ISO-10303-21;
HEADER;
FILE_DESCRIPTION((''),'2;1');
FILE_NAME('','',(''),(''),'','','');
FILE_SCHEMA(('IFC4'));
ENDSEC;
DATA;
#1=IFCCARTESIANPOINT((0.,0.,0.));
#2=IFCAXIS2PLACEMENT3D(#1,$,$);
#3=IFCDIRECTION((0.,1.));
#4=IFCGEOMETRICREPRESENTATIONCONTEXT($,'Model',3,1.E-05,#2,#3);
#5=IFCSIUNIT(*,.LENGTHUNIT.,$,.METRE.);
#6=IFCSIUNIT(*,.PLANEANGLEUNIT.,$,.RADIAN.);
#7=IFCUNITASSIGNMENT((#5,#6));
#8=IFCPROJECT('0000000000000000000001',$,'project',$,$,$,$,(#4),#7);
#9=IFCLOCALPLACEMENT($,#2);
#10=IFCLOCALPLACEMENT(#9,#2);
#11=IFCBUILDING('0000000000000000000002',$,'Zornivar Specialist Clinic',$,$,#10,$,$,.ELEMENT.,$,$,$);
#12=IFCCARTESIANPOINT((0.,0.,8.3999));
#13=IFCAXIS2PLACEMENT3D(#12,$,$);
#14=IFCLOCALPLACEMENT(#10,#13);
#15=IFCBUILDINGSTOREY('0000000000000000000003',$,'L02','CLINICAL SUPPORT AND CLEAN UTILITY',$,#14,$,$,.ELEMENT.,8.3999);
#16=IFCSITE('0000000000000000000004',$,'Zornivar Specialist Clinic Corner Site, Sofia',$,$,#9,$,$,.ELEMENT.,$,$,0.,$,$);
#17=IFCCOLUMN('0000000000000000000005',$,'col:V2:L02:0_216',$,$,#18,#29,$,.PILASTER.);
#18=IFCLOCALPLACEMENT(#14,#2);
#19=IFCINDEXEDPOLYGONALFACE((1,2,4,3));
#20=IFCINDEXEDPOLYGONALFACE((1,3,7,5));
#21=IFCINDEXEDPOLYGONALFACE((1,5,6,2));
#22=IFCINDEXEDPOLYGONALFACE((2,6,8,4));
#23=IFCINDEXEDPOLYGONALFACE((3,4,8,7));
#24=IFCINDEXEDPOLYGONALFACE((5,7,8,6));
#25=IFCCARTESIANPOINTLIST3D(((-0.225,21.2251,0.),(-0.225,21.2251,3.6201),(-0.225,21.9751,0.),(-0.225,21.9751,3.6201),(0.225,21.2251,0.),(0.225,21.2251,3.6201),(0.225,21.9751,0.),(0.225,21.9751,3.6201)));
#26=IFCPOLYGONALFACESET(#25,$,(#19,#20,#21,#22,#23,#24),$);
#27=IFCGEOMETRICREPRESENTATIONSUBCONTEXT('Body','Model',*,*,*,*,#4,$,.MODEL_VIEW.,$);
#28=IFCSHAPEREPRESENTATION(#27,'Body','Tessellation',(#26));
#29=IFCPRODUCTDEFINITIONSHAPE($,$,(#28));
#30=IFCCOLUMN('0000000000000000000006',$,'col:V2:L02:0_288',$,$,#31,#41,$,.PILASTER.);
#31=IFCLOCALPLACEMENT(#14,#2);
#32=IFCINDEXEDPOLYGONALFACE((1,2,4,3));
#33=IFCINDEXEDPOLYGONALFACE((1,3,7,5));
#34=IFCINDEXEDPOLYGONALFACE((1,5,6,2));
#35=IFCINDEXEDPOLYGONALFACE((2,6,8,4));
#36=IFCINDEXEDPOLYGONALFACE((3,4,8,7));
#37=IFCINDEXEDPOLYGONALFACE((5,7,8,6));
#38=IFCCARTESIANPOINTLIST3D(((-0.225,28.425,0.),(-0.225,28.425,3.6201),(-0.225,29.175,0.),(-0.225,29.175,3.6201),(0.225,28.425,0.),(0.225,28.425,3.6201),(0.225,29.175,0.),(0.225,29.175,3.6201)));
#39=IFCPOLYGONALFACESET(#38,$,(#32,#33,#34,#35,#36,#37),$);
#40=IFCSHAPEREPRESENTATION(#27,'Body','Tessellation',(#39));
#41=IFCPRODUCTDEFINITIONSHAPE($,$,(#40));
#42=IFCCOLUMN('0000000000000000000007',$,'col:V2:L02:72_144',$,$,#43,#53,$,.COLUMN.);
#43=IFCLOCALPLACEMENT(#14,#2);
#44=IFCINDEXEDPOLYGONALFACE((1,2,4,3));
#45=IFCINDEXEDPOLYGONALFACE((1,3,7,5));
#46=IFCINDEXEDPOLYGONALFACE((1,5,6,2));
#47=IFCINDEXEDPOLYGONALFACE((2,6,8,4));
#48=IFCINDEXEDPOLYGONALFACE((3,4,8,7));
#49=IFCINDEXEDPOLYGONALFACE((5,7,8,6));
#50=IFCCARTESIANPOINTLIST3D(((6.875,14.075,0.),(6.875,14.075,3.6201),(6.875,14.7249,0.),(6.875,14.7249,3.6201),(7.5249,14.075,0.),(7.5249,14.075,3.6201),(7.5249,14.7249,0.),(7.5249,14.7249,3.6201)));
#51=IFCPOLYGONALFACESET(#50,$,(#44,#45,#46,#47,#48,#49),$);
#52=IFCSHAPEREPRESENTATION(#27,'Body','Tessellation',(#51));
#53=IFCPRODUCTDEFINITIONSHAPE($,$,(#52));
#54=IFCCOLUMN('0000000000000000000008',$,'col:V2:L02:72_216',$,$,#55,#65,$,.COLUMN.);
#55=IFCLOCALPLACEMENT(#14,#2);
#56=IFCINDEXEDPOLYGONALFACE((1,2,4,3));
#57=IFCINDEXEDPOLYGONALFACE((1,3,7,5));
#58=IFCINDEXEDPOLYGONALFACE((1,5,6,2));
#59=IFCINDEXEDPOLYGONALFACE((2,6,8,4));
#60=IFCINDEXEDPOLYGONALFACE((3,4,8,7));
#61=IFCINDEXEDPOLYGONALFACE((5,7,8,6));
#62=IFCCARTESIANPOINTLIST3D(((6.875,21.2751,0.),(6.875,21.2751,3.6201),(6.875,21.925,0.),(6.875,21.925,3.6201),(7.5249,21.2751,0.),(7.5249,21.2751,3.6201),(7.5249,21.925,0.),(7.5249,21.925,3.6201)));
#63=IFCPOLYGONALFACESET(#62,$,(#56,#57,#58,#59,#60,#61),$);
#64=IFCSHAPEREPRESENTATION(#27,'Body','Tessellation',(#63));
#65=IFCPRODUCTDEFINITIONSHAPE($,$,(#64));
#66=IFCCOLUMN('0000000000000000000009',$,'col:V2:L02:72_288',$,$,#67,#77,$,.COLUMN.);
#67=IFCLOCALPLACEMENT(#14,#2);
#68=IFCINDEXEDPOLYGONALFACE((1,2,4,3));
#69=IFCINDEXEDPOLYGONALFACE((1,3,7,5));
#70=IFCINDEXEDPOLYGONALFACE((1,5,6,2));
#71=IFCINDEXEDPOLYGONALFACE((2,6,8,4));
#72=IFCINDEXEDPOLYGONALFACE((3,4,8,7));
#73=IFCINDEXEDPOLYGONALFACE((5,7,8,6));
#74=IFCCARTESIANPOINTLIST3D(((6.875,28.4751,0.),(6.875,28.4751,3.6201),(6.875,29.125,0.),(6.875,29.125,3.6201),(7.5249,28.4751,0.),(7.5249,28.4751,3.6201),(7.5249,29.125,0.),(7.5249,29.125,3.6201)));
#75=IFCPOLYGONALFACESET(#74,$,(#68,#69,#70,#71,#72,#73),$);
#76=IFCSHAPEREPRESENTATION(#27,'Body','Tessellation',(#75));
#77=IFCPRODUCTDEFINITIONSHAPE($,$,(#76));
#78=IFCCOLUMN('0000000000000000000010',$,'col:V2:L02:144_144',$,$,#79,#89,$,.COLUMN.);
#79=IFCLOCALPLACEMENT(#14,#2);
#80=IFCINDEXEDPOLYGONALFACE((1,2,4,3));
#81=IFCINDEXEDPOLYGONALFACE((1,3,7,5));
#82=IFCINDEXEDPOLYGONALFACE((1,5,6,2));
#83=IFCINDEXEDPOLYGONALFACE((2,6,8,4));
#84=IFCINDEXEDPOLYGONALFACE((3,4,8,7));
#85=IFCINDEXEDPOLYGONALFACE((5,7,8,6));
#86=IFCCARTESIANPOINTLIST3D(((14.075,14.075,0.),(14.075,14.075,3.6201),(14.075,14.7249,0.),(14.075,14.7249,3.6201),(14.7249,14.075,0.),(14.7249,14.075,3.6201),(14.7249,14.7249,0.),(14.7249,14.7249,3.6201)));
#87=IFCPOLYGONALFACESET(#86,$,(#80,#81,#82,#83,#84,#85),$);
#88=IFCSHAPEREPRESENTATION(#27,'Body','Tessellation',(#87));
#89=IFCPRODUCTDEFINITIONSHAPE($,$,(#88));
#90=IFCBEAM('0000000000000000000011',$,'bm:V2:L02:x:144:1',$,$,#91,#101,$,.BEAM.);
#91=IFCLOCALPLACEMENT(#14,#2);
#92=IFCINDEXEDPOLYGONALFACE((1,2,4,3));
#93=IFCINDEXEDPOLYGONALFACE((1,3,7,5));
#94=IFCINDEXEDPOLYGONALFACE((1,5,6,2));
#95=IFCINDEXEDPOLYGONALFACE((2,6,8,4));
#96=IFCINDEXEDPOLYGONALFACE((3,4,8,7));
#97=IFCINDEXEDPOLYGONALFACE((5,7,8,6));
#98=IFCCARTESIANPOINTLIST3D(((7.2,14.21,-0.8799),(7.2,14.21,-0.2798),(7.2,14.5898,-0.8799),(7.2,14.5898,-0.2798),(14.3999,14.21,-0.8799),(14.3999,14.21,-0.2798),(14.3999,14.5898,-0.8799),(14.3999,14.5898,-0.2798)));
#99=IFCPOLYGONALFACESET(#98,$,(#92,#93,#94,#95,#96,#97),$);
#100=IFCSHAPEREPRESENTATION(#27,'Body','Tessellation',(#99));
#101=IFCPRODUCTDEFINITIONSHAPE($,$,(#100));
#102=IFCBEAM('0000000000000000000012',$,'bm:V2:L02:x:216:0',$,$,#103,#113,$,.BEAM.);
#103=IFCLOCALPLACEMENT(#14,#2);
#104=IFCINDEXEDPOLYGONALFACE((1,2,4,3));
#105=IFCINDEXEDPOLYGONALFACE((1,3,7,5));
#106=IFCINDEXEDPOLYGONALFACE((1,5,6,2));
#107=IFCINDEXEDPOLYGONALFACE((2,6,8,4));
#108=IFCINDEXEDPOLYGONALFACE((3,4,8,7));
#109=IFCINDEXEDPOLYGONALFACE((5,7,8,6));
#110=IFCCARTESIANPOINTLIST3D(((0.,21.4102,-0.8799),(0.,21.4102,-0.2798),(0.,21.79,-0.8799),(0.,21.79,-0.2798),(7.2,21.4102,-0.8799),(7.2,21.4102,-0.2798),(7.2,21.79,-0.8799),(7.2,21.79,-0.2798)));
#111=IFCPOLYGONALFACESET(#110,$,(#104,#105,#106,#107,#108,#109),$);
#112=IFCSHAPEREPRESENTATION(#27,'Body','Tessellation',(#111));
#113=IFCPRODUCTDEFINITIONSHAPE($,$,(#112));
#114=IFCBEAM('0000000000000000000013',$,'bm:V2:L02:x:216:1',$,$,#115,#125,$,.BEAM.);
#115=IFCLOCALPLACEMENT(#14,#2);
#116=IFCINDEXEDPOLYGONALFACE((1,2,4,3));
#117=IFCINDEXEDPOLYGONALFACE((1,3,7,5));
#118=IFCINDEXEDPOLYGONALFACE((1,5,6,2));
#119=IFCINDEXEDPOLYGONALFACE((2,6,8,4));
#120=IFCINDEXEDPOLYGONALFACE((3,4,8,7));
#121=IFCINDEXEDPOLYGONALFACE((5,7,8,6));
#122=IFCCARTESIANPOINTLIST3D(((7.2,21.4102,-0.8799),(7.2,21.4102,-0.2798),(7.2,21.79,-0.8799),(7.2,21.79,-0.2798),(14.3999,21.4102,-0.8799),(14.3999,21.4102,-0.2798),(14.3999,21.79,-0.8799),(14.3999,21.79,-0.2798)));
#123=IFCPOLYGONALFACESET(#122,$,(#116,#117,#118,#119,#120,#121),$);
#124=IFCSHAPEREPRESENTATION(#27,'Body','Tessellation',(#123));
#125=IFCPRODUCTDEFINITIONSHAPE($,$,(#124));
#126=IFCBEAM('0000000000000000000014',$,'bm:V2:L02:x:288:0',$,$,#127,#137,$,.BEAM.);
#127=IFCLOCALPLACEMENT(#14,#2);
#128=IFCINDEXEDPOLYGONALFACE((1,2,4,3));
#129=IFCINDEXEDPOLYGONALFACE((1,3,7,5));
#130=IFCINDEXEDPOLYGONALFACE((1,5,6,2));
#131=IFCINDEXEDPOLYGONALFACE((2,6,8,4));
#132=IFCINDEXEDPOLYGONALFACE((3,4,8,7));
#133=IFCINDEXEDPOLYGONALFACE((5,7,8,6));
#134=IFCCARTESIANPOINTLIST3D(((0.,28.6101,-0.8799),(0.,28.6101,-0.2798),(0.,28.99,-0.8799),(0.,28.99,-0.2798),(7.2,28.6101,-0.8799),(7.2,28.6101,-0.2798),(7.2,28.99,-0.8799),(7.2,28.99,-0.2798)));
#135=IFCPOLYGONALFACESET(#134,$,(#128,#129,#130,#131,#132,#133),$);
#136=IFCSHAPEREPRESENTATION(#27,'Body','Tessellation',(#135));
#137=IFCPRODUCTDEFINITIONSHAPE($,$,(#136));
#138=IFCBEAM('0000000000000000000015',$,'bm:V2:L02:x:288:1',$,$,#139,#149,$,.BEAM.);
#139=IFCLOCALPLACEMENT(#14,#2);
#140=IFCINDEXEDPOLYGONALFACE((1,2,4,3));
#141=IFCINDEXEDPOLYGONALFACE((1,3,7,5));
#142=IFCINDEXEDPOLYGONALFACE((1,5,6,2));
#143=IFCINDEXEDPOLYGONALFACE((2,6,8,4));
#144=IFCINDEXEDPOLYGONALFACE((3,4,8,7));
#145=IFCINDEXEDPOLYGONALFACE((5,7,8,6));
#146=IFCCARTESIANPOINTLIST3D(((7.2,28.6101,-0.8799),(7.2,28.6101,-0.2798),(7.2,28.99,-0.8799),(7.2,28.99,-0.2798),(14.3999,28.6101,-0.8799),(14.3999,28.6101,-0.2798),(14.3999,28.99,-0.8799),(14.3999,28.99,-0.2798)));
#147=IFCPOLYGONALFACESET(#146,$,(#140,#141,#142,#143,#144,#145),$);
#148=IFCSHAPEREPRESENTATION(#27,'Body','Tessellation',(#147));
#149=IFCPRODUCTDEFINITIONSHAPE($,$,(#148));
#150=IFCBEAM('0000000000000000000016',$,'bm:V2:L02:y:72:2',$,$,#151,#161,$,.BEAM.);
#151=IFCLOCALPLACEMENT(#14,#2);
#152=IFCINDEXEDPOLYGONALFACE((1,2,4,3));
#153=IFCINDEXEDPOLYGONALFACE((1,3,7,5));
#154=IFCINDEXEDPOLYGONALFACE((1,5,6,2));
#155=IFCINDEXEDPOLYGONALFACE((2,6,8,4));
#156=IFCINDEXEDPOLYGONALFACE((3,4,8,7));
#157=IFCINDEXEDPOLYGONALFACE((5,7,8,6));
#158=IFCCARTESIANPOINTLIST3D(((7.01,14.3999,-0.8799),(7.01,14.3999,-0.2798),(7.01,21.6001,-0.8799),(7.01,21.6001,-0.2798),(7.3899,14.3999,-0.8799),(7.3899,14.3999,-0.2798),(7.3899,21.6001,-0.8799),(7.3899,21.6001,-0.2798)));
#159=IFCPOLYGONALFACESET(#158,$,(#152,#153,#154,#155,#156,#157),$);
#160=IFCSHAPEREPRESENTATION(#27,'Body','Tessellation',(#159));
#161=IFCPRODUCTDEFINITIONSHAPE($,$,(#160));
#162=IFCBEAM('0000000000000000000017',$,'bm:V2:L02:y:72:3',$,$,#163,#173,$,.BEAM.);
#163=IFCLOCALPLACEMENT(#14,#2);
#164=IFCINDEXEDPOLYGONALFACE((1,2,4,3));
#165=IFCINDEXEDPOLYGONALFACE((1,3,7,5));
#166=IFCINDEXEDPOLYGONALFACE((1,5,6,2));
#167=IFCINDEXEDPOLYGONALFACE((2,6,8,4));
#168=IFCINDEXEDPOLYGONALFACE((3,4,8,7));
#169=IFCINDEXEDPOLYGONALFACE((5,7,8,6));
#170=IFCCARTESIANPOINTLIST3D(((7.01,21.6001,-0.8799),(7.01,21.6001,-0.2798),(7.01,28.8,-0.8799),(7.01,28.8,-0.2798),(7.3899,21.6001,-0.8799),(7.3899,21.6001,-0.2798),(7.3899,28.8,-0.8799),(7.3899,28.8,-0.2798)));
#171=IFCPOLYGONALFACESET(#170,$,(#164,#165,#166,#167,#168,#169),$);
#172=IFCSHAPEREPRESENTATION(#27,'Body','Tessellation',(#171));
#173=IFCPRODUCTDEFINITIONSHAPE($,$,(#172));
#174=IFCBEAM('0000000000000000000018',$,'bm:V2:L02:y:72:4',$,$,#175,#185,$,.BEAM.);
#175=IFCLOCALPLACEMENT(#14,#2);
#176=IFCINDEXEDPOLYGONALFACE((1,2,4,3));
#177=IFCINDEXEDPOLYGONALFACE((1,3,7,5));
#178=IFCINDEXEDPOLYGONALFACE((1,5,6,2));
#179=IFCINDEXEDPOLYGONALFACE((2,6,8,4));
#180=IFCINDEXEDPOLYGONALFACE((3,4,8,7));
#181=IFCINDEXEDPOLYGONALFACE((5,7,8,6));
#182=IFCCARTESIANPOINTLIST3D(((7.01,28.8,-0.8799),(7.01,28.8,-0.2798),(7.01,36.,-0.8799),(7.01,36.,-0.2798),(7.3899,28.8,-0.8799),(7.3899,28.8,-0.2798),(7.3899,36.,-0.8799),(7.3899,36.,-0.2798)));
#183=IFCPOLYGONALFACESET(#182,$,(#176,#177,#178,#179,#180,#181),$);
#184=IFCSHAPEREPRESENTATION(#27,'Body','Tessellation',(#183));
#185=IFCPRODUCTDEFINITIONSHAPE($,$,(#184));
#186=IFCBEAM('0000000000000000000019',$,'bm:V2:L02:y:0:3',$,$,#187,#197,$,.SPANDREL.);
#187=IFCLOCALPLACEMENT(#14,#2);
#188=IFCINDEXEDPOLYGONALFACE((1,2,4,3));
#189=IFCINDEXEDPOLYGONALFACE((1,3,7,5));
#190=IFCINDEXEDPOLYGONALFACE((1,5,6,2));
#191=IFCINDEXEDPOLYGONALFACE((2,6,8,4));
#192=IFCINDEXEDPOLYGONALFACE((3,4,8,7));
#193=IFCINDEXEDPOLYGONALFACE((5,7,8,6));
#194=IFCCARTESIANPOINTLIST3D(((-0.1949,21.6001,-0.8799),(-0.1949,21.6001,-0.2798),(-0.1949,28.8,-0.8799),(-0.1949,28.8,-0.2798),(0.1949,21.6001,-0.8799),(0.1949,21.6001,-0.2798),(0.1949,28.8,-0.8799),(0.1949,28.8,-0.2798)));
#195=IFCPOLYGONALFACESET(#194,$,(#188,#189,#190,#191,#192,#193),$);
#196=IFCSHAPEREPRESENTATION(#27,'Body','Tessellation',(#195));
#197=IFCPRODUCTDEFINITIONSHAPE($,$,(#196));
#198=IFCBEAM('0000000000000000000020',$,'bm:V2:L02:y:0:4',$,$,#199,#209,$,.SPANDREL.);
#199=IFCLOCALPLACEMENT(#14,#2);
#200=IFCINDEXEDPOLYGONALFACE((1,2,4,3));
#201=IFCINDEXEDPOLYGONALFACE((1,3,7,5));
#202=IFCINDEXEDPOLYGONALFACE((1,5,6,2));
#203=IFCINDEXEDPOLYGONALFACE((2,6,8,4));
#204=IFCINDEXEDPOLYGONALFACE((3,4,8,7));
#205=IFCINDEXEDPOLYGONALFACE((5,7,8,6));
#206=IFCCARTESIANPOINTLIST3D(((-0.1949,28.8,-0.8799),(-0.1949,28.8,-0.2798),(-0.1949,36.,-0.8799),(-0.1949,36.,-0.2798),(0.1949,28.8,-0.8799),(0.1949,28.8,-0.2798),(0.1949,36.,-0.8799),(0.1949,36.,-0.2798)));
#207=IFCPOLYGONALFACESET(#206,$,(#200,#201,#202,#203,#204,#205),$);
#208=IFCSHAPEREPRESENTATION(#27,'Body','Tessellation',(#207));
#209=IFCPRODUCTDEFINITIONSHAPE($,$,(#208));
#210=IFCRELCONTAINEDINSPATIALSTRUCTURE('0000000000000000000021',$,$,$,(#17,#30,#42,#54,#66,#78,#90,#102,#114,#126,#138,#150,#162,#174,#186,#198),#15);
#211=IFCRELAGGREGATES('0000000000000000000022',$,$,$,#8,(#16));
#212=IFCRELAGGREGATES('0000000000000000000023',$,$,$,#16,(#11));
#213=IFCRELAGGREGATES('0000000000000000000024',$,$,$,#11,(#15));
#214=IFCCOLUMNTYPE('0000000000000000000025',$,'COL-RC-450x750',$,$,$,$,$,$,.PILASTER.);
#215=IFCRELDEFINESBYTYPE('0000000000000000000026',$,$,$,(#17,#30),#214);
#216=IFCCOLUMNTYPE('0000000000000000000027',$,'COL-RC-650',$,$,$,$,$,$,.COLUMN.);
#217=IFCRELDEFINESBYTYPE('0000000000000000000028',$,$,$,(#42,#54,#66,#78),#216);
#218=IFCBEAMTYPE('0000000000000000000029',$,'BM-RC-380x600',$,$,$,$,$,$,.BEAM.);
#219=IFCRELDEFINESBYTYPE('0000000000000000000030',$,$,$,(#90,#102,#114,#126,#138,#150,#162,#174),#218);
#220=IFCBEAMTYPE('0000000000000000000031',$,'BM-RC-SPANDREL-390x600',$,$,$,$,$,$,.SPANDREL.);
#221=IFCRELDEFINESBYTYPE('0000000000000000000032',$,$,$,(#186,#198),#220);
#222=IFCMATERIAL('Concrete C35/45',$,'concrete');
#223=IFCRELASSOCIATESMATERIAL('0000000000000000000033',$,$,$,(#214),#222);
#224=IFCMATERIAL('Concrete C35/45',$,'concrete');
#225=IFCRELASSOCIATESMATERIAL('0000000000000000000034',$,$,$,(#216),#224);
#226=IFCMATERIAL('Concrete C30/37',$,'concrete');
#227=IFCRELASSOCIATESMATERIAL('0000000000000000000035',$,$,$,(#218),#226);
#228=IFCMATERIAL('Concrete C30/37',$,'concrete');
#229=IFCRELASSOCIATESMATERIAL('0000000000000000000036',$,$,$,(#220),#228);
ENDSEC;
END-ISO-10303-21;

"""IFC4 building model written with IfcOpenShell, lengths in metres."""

from ifc_helpers import new_model, si_unit, direction, frame, origin, origin_2d, place, context, subcontext, project, spatial, rectangle, extrude, material, material_profile, profile_set, type_object, element, save


model = new_model("IFC4")

# Units and contexts
model_context = context("Model", 3, precision=1e-05, world=origin(), true_north=direction((0.0, 1.0)))
body_context = subcontext(model_context, "Body", "Model", "MODEL_VIEW")
ifc_project = project(units=[si_unit("LENGTHUNIT", "METRE"), si_unit("PLANEANGLEUNIT", "RADIAN")], contexts=[model_context])

# Site, building, storey
site_placement = place(None, origin())
site = spatial("IfcSite", under=ifc_project, at=site_placement, Name="Zornivar Specialist Clinic Corner Site, Sofia", CompositionType="ELEMENT", RefElevation=0.0)
building_placement = place(site_placement, origin())
building = spatial("IfcBuilding", under=site, at=building_placement, Name="Zornivar Specialist Clinic", CompositionType="ELEMENT")
storey_placement = place(building_placement, frame((0.0, 0.0, 8.3999)))
storey = spatial("IfcBuildingStorey", under=building, at=storey_placement, Name="L02", Description="CLINICAL SUPPORT AND CLEAN UTILITY", CompositionType="ELEMENT", Elevation=8.3999)

# Columns
ifc_material_1 = material(Name="Concrete C35/45", Category="concrete")
ifc_material_profile_1 = material_profile(ifc_material_1, rectangle(XDim=0.45, YDim=0.75, at=origin_2d()), Name="RC 450x750")
ifc_profile_set_1 = profile_set([ifc_material_profile_1], Name="Concrete C35/45")
column_type_1 = type_object("IfcColumnType", Name="COL-RC-450x750", PredefinedType="PILASTER", material=ifc_profile_set_1)
for number, where, z_axis, x_axis, name in (
    (1, (0.0, 21.6001, 0.0), (0.0, 0.0, 1.0), (1.0, 0.0, 0.0), "col:V2:L02:0_216"),
    (2, (0.0, 28.8, 0.0), (0.0, 0.0, 1.0), (1.0, 0.0, 0.0), "col:V2:L02:0_288"),
):
    element("IfcColumn", number, at=place(storey_placement, frame(where, z_axis=z_axis, x_axis=x_axis)), inside=storey, type_object=column_type_1, Name=name, PredefinedType="PILASTER", context=body_context, shape_type="SweptSolid", body=[
        extrude(rectangle(XDim=0.45, YDim=0.75, at=origin_2d()), origin(), (0.0, 0.0, 1.0), 3.6201),
    ])
ifc_material_2 = material(Name="Concrete C35/45", Category="concrete")
ifc_material_profile_2 = material_profile(ifc_material_2, rectangle(XDim=0.6499, YDim=0.6499, at=origin_2d()), Name="RC 650x650")
ifc_profile_set_2 = profile_set([ifc_material_profile_2], Name="Concrete C35/45")
column_type_2 = type_object("IfcColumnType", Name="COL-RC-650", PredefinedType="COLUMN", material=ifc_profile_set_2)
for number, where, z_axis, x_axis, name in (
    (3, (7.2, 14.3999, 0.0), (0.0, 0.0, 1.0), (1.0, 0.0, 0.0), "col:V2:L02:72_144"),
    (4, (7.2, 21.6001, 0.0), (0.0, 0.0, 1.0), (1.0, 0.0, 0.0), "col:V2:L02:72_216"),
    (5, (7.2, 28.8, 0.0), (0.0, 0.0, 1.0), (1.0, 0.0, 0.0), "col:V2:L02:72_288"),
    (6, (14.3999, 14.3999, 0.0), (0.0, 0.0, 1.0), (1.0, 0.0, 0.0), "col:V2:L02:144_144"),
):
    element("IfcColumn", number, at=place(storey_placement, frame(where, z_axis=z_axis, x_axis=x_axis)), inside=storey, type_object=column_type_2, Name=name, PredefinedType="COLUMN", context=body_context, shape_type="SweptSolid", body=[
        extrude(rectangle(XDim=0.6499, YDim=0.6499, at=origin_2d()), origin(), (0.0, 0.0, 1.0), 3.6201),
    ])

# Beams
ifc_material_3 = material(Name="Concrete C30/37", Category="concrete")
ifc_material_profile_3 = material_profile(ifc_material_3, rectangle(XDim=0.3799, YDim=0.6001, at=origin_2d()), Name="RC 380x600")
ifc_profile_set_3 = profile_set([ifc_material_profile_3], Name="Concrete C30/37")
beam_type_1 = type_object("IfcBeamType", Name="BM-RC-380x600", PredefinedType="BEAM", material=ifc_profile_set_3)
for number, where, z_axis, x_axis, name in (
    (7, (7.2, 14.3999, -0.5798), (1.0, 0.0, 0.0), (0.0, 1.0, 0.0), "bm:V2:L02:x:144:1"),
    (8, (0.0, 21.6001, -0.5798), (1.0, 0.0, 0.0), (0.0, 1.0, 0.0), "bm:V2:L02:x:216:0"),
    (9, (7.2, 21.6001, -0.5798), (1.0, 0.0, 0.0), (0.0, 1.0, 0.0), "bm:V2:L02:x:216:1"),
    (10, (0.0, 28.8, -0.5798), (1.0, 0.0, 0.0), (0.0, 1.0, 0.0), "bm:V2:L02:x:288:0"),
    (11, (7.2, 28.8, -0.5798), (1.0, 0.0, 0.0), (0.0, 1.0, 0.0), "bm:V2:L02:x:288:1"),
):
    element("IfcBeam", number, at=place(storey_placement, frame(where, z_axis=z_axis, x_axis=x_axis)), inside=storey, type_object=beam_type_1, Name=name, PredefinedType="BEAM", context=body_context, shape_type="SweptSolid", body=[
        extrude(rectangle(XDim=0.3799, YDim=0.6001, at=origin_2d()), origin(), (0.0, 0.0, 1.0), 7.2),
    ])
beam_placement = place(storey_placement, frame((7.2, 14.3999, -0.5798), z_axis=(0.0, 1.0, 0.0), x_axis=(-1.0, 0.0, 0.0)))
element("IfcBeam", 12, at=beam_placement, inside=storey, type_object=beam_type_1, Name="bm:V2:L02:y:72:2", PredefinedType="BEAM", context=body_context, shape_type="SweptSolid", body=[
    extrude(rectangle(XDim=0.3799, YDim=0.6001, at=origin_2d()), origin(), (0.0, 0.0, 1.0), 7.2002),
])
for number, where, z_axis, x_axis, name in (
    (13, (7.2, 21.6001, -0.5798), (0.0, 1.0, 0.0), (-1.0, 0.0, 0.0), "bm:V2:L02:y:72:3"),
    (14, (7.2, 28.8, -0.5798), (0.0, 1.0, 0.0), (-1.0, 0.0, 0.0), "bm:V2:L02:y:72:4"),
):
    element("IfcBeam", number, at=place(storey_placement, frame(where, z_axis=z_axis, x_axis=x_axis)), inside=storey, type_object=beam_type_1, Name=name, PredefinedType="BEAM", context=body_context, shape_type="SweptSolid", body=[
        extrude(rectangle(XDim=0.3799, YDim=0.6001, at=origin_2d()), origin(), (0.0, 0.0, 1.0), 7.2),
    ])
ifc_material_4 = material(Name="Concrete C30/37", Category="concrete")
ifc_material_profile_4 = material_profile(ifc_material_4, rectangle(XDim=0.3899, YDim=0.6001, at=origin_2d()), Name="RC 390x600")
ifc_profile_set_4 = profile_set([ifc_material_profile_4], Name="Concrete C30/37")
beam_type_2 = type_object("IfcBeamType", Name="BM-RC-SPANDREL-390x600", PredefinedType="SPANDREL", material=ifc_profile_set_4)
for number, where, z_axis, x_axis, name in (
    (15, (0.0, 21.6001, -0.5798), (0.0, 1.0, 0.0), (-1.0, 0.0, 0.0), "bm:V2:L02:y:0:3"),
    (16, (0.0, 28.8, -0.5798), (0.0, 1.0, 0.0), (-1.0, 0.0, 0.0), "bm:V2:L02:y:0:4"),
):
    element("IfcBeam", number, at=place(storey_placement, frame(where, z_axis=z_axis, x_axis=x_axis)), inside=storey, type_object=beam_type_2, Name=name, PredefinedType="SPANDREL", context=body_context, shape_type="SweptSolid", body=[
        extrude(rectangle(XDim=0.3899, YDim=0.6001, at=origin_2d()), origin(), (0.0, 0.0, 1.0), 7.2),
    ])

save(model, "model.ifc")
